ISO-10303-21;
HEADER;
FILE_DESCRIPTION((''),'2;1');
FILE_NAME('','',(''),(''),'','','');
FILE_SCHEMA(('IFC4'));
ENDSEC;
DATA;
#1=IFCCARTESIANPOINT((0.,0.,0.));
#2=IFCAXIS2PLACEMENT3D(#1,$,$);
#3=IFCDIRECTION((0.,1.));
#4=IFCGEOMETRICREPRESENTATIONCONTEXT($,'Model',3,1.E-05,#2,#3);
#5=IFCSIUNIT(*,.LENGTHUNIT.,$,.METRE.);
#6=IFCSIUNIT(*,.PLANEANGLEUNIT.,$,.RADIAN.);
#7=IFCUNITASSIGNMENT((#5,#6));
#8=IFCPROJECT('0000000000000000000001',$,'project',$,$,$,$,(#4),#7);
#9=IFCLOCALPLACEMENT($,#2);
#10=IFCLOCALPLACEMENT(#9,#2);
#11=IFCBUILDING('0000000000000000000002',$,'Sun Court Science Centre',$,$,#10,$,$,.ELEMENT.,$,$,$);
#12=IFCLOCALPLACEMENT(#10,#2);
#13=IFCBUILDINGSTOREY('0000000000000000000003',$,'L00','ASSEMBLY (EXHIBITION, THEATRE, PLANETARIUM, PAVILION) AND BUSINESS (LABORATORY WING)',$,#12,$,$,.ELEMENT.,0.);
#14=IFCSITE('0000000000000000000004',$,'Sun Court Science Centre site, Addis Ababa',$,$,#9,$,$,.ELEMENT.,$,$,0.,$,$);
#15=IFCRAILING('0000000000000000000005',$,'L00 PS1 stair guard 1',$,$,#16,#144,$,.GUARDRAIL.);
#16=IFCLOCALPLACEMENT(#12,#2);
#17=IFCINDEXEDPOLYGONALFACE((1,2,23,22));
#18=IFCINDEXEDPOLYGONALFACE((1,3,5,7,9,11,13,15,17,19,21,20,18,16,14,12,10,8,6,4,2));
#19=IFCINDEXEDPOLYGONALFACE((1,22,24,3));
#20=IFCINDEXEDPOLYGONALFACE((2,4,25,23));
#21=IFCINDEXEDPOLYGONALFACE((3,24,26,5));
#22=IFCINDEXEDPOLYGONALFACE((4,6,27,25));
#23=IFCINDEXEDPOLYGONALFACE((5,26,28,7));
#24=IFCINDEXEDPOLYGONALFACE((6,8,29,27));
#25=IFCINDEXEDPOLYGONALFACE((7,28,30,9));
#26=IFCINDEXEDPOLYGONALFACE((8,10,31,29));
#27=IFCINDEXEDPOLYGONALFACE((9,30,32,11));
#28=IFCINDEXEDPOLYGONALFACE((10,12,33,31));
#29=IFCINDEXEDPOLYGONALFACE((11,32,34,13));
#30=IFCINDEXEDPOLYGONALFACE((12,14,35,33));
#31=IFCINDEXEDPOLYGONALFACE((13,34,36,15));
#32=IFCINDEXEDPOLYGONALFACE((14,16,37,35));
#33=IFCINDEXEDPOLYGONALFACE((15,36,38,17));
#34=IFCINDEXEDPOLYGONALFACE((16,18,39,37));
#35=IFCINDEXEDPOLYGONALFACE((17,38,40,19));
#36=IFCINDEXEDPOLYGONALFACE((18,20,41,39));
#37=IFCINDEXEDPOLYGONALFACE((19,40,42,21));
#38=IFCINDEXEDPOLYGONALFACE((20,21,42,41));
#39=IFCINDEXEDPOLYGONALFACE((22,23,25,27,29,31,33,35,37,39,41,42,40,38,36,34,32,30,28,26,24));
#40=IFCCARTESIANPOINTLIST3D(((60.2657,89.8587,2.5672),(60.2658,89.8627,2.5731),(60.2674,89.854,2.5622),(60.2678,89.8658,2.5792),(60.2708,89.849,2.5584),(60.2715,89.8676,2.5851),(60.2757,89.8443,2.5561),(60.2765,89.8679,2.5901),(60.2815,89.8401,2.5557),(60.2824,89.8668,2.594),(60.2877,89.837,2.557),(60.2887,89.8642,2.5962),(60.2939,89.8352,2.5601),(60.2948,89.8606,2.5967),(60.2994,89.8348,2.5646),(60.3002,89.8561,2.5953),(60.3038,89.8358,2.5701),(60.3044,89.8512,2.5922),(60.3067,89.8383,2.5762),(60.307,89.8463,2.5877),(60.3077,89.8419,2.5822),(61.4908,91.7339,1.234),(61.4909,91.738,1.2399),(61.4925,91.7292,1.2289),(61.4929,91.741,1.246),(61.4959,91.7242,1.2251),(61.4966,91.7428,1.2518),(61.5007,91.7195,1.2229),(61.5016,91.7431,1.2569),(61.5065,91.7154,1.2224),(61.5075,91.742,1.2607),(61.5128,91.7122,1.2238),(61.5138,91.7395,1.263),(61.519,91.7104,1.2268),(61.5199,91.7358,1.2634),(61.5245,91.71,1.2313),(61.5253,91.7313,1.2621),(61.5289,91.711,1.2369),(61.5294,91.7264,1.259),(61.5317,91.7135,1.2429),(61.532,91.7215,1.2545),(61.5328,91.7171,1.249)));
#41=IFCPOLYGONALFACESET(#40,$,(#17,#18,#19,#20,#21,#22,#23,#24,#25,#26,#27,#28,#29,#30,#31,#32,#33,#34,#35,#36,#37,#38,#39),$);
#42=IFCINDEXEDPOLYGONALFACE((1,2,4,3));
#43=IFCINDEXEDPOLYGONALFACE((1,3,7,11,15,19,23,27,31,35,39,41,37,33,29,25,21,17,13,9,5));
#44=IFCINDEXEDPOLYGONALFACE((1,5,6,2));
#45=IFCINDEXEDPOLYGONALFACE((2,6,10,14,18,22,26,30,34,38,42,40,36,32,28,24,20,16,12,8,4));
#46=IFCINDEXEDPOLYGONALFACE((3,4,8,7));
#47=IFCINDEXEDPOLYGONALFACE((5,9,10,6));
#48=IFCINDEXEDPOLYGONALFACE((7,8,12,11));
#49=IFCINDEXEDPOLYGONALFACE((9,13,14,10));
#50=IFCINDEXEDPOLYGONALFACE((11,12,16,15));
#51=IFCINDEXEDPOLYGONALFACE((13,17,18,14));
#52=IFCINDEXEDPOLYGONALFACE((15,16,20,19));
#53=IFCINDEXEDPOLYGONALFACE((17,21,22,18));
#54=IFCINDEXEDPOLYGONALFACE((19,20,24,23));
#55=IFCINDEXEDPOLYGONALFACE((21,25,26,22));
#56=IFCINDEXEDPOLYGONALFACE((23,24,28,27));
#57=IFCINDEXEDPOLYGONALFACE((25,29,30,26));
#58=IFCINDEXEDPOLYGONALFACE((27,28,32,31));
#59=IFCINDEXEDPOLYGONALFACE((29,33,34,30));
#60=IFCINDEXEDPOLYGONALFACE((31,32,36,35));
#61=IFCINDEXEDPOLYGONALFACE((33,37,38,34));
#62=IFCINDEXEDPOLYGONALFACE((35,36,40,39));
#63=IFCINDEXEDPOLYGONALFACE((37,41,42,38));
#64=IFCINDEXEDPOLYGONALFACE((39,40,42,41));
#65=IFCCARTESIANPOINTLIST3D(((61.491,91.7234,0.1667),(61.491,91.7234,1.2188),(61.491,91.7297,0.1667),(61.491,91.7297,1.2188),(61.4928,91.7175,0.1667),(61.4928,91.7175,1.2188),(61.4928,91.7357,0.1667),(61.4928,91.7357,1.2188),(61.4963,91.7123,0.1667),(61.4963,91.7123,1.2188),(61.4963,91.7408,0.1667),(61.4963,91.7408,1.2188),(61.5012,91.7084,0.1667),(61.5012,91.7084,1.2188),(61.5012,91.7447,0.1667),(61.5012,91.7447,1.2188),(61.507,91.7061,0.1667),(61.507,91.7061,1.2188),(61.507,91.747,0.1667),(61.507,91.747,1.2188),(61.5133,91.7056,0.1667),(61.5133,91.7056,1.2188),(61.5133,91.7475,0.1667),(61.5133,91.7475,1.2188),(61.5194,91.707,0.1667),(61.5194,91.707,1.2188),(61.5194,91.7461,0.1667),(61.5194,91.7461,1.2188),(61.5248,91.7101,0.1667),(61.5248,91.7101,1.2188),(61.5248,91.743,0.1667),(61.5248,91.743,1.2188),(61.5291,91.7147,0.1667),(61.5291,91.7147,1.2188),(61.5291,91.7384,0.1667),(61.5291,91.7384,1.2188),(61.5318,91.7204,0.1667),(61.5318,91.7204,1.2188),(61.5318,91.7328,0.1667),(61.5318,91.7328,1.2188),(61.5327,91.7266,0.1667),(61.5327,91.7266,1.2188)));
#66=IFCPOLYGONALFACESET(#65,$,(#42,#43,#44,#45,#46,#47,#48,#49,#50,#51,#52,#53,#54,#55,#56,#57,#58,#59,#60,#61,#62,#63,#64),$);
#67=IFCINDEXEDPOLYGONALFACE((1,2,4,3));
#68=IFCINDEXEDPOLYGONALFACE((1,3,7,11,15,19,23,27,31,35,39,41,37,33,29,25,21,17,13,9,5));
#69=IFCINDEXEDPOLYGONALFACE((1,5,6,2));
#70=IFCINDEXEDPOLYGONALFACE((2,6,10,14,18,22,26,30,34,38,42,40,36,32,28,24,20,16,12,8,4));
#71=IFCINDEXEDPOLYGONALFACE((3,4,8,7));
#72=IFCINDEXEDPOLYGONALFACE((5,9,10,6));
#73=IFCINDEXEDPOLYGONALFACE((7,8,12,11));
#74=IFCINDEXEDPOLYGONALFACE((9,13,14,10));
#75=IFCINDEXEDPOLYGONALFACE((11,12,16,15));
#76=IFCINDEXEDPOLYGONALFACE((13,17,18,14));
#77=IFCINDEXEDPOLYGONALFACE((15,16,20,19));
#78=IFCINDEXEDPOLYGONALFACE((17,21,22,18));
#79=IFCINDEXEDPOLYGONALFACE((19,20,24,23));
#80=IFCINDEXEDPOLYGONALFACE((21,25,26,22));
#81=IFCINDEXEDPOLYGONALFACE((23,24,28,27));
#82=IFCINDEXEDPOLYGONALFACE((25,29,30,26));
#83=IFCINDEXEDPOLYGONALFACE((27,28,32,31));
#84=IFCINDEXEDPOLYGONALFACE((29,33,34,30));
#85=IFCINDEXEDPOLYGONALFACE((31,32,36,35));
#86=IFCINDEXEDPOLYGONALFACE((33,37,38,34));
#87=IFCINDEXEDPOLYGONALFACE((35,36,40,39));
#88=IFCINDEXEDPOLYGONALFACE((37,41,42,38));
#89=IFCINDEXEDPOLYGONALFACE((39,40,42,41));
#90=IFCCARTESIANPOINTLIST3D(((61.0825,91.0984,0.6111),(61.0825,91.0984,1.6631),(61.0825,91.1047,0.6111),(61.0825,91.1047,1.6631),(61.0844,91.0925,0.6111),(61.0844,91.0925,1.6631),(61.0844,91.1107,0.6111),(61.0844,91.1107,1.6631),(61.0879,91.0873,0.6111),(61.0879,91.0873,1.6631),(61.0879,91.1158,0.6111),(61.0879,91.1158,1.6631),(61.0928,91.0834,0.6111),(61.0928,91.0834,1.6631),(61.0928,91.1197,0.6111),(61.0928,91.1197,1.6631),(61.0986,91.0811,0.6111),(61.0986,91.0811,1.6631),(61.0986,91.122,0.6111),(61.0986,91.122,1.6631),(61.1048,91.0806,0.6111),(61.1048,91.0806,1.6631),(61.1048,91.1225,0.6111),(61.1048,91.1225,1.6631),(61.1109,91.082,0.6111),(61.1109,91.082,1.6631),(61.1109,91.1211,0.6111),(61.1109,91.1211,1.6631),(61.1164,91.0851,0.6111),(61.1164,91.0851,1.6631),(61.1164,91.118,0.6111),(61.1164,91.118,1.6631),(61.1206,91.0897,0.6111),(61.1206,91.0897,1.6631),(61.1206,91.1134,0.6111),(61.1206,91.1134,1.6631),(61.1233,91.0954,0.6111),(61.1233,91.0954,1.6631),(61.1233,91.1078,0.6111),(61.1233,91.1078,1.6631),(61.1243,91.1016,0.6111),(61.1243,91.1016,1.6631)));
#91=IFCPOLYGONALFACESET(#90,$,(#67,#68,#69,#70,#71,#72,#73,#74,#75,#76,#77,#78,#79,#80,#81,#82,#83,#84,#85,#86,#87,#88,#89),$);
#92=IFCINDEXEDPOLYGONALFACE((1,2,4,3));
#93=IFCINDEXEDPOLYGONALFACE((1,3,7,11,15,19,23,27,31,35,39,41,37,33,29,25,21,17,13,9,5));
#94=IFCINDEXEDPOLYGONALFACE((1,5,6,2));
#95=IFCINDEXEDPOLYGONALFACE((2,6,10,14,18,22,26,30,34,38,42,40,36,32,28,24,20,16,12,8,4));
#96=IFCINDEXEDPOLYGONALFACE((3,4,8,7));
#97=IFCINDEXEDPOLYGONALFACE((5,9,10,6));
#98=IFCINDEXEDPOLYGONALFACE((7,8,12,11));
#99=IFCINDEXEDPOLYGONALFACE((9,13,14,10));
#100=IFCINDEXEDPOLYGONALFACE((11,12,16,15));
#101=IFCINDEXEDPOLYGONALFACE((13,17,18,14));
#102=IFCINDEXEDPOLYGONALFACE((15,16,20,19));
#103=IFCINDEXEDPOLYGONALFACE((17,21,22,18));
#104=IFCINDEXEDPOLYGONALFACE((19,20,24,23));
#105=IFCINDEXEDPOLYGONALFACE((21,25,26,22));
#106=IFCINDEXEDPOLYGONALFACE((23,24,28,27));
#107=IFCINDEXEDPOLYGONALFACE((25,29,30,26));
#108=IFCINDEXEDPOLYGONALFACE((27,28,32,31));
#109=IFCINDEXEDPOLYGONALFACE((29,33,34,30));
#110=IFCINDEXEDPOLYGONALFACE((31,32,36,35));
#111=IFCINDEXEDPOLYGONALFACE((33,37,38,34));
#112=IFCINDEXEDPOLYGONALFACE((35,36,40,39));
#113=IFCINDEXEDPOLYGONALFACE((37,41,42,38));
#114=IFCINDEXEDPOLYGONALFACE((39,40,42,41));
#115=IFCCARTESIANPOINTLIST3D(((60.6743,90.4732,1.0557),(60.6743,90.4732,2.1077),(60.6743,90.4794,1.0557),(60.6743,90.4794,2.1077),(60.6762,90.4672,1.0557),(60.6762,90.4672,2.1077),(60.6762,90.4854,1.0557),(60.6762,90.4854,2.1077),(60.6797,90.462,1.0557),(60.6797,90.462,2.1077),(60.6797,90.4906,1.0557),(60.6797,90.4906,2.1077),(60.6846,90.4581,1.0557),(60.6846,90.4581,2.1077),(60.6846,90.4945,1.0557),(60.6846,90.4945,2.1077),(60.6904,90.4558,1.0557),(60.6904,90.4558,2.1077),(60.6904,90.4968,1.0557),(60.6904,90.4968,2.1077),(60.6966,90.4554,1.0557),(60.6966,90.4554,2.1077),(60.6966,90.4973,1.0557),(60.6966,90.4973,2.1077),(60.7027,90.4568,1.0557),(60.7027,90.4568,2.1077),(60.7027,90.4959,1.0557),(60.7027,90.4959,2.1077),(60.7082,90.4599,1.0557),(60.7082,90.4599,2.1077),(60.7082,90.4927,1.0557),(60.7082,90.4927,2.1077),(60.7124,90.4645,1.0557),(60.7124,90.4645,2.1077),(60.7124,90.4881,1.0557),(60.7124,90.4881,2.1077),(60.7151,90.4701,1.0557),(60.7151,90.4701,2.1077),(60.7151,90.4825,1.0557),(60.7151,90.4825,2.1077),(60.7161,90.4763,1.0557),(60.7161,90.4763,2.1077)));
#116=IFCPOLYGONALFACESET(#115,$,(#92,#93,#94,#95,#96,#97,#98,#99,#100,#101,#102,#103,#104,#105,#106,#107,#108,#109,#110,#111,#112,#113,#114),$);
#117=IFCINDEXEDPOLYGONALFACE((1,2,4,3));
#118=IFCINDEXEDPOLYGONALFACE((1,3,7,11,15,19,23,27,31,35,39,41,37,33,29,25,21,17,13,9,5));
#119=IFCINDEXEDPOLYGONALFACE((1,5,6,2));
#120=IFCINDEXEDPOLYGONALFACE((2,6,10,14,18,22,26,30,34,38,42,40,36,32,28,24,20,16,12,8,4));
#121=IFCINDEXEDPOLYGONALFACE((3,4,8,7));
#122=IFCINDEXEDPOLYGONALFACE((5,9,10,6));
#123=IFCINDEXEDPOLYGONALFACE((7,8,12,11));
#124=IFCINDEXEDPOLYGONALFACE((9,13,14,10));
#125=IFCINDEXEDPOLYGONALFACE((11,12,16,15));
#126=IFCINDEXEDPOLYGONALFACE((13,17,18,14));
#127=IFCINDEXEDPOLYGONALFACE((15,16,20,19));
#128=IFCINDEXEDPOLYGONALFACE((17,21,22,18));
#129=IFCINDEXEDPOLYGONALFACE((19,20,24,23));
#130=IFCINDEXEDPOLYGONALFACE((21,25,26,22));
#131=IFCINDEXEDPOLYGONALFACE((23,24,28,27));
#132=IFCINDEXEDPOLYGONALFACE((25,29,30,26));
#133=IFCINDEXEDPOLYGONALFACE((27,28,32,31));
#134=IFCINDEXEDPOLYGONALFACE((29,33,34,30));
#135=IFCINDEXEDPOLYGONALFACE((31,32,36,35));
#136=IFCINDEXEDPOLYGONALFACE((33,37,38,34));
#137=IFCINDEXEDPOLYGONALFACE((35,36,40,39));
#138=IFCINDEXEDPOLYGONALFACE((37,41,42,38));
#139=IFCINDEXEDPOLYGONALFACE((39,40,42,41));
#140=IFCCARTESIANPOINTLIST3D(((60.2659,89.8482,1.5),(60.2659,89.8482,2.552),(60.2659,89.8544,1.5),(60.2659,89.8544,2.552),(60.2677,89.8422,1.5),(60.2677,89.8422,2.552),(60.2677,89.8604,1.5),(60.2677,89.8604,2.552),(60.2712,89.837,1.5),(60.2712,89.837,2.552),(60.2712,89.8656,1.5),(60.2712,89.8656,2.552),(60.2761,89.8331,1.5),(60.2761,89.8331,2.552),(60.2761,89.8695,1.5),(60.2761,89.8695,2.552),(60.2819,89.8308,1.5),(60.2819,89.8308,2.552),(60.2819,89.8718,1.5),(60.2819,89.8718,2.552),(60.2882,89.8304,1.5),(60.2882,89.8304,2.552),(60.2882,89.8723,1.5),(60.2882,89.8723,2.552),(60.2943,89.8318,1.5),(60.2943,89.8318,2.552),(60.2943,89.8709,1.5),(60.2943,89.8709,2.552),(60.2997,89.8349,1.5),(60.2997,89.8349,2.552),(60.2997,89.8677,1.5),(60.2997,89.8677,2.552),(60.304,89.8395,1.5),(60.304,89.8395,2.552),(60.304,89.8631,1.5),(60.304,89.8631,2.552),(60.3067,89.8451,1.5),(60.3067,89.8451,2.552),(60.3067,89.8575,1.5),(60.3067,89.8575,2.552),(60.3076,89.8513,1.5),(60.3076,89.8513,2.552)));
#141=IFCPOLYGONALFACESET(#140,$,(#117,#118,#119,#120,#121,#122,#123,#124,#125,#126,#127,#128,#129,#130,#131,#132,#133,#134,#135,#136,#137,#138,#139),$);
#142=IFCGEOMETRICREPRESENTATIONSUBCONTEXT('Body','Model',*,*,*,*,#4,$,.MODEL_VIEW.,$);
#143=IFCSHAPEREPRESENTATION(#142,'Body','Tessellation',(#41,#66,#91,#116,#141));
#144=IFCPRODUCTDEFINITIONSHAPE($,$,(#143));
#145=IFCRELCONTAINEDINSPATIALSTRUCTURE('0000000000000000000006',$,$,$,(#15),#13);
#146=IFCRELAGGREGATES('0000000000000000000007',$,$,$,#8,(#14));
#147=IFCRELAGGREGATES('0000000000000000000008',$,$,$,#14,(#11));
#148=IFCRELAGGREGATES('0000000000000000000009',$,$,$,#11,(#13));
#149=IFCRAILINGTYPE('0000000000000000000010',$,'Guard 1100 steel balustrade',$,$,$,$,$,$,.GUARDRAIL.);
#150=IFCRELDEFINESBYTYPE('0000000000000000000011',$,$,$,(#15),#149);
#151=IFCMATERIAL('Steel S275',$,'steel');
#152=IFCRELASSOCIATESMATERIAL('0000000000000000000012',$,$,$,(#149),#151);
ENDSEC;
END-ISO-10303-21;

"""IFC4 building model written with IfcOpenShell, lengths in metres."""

from ifc_helpers import new_model, si_unit, direction, frame, origin, origin_2d, place, context, subcontext, project, spatial, circle, extrude, material, type_object, element, save


model = new_model("IFC4")

# Units and contexts
model_context = context("Model", 3, precision=1e-05, world=origin(), true_north=direction((0.0, 1.0)))
body_context = subcontext(model_context, "Body", "Model", "MODEL_VIEW")
ifc_project = project(units=[si_unit("LENGTHUNIT", "METRE"), si_unit("PLANEANGLEUNIT", "RADIAN")], contexts=[model_context])

# Site, building, storey
site_placement = place(None, origin())
site = spatial("IfcSite", under=ifc_project, at=site_placement, Name="Sun Court Science Centre site, Addis Ababa", CompositionType="ELEMENT", RefElevation=0.0)
building_placement = place(site_placement, origin())
building = spatial("IfcBuilding", under=site, at=building_placement, Name="Sun Court Science Centre", CompositionType="ELEMENT")
storey_placement = place(building_placement, origin())
storey = spatial("IfcBuildingStorey", under=building, at=storey_placement, Name="L00", Description="ASSEMBLY (EXHIBITION, THEATRE, PLANETARIUM, PAVILION) AND BUSINESS (LABORATORY WING)", CompositionType="ELEMENT", Elevation=0.0)

# Railing
ifc_material_1 = material(Name="Steel S275", Category="steel")
railing_type = type_object("IfcRailingType", Name="Guard 1100 steel balustrade", PredefinedType="GUARDRAIL", material=ifc_material_1)
railing_1_placement = place(storey_placement, frame((61.5117, 91.7266, 0.1667)))
element("IfcRailing", 1, at=railing_1_placement, inside=storey, type_object=railing_type, Name="L00 PS1 stair guard 1", PredefinedType="GUARDRAIL", context=body_context, shape_type="SweptSolid", body=[
    extrude(circle(Radius=0.0239, at=origin_2d()), frame((0.0, 0.0, 1.0762), z_axis=(-0.469978, -0.71939, 0.511468), x_axis=(0.837179, -0.546929, 0.0)), (0.0, 0.0, 1.0), 2.6067),
    extrude(circle(Radius=0.021, at=origin_2d()), origin(), (0.0, 0.0, 1.0), 1.052),
    extrude(circle(Radius=0.021, at=origin_2d()), frame((-0.4084, -0.625, 0.4443)), (0.0, 0.0, 1.0), 1.052),
    extrude(circle(Radius=0.021, at=origin_2d()), frame((-0.8167, -1.2502, 0.8889)), (0.0, 0.0, 1.0), 1.052),
    extrude(circle(Radius=0.021, at=origin_2d()), frame((-1.2251, -1.8752, 1.3333)), (0.0, 0.0, 1.0), 1.052),
])

save(model, "model.ifc")
